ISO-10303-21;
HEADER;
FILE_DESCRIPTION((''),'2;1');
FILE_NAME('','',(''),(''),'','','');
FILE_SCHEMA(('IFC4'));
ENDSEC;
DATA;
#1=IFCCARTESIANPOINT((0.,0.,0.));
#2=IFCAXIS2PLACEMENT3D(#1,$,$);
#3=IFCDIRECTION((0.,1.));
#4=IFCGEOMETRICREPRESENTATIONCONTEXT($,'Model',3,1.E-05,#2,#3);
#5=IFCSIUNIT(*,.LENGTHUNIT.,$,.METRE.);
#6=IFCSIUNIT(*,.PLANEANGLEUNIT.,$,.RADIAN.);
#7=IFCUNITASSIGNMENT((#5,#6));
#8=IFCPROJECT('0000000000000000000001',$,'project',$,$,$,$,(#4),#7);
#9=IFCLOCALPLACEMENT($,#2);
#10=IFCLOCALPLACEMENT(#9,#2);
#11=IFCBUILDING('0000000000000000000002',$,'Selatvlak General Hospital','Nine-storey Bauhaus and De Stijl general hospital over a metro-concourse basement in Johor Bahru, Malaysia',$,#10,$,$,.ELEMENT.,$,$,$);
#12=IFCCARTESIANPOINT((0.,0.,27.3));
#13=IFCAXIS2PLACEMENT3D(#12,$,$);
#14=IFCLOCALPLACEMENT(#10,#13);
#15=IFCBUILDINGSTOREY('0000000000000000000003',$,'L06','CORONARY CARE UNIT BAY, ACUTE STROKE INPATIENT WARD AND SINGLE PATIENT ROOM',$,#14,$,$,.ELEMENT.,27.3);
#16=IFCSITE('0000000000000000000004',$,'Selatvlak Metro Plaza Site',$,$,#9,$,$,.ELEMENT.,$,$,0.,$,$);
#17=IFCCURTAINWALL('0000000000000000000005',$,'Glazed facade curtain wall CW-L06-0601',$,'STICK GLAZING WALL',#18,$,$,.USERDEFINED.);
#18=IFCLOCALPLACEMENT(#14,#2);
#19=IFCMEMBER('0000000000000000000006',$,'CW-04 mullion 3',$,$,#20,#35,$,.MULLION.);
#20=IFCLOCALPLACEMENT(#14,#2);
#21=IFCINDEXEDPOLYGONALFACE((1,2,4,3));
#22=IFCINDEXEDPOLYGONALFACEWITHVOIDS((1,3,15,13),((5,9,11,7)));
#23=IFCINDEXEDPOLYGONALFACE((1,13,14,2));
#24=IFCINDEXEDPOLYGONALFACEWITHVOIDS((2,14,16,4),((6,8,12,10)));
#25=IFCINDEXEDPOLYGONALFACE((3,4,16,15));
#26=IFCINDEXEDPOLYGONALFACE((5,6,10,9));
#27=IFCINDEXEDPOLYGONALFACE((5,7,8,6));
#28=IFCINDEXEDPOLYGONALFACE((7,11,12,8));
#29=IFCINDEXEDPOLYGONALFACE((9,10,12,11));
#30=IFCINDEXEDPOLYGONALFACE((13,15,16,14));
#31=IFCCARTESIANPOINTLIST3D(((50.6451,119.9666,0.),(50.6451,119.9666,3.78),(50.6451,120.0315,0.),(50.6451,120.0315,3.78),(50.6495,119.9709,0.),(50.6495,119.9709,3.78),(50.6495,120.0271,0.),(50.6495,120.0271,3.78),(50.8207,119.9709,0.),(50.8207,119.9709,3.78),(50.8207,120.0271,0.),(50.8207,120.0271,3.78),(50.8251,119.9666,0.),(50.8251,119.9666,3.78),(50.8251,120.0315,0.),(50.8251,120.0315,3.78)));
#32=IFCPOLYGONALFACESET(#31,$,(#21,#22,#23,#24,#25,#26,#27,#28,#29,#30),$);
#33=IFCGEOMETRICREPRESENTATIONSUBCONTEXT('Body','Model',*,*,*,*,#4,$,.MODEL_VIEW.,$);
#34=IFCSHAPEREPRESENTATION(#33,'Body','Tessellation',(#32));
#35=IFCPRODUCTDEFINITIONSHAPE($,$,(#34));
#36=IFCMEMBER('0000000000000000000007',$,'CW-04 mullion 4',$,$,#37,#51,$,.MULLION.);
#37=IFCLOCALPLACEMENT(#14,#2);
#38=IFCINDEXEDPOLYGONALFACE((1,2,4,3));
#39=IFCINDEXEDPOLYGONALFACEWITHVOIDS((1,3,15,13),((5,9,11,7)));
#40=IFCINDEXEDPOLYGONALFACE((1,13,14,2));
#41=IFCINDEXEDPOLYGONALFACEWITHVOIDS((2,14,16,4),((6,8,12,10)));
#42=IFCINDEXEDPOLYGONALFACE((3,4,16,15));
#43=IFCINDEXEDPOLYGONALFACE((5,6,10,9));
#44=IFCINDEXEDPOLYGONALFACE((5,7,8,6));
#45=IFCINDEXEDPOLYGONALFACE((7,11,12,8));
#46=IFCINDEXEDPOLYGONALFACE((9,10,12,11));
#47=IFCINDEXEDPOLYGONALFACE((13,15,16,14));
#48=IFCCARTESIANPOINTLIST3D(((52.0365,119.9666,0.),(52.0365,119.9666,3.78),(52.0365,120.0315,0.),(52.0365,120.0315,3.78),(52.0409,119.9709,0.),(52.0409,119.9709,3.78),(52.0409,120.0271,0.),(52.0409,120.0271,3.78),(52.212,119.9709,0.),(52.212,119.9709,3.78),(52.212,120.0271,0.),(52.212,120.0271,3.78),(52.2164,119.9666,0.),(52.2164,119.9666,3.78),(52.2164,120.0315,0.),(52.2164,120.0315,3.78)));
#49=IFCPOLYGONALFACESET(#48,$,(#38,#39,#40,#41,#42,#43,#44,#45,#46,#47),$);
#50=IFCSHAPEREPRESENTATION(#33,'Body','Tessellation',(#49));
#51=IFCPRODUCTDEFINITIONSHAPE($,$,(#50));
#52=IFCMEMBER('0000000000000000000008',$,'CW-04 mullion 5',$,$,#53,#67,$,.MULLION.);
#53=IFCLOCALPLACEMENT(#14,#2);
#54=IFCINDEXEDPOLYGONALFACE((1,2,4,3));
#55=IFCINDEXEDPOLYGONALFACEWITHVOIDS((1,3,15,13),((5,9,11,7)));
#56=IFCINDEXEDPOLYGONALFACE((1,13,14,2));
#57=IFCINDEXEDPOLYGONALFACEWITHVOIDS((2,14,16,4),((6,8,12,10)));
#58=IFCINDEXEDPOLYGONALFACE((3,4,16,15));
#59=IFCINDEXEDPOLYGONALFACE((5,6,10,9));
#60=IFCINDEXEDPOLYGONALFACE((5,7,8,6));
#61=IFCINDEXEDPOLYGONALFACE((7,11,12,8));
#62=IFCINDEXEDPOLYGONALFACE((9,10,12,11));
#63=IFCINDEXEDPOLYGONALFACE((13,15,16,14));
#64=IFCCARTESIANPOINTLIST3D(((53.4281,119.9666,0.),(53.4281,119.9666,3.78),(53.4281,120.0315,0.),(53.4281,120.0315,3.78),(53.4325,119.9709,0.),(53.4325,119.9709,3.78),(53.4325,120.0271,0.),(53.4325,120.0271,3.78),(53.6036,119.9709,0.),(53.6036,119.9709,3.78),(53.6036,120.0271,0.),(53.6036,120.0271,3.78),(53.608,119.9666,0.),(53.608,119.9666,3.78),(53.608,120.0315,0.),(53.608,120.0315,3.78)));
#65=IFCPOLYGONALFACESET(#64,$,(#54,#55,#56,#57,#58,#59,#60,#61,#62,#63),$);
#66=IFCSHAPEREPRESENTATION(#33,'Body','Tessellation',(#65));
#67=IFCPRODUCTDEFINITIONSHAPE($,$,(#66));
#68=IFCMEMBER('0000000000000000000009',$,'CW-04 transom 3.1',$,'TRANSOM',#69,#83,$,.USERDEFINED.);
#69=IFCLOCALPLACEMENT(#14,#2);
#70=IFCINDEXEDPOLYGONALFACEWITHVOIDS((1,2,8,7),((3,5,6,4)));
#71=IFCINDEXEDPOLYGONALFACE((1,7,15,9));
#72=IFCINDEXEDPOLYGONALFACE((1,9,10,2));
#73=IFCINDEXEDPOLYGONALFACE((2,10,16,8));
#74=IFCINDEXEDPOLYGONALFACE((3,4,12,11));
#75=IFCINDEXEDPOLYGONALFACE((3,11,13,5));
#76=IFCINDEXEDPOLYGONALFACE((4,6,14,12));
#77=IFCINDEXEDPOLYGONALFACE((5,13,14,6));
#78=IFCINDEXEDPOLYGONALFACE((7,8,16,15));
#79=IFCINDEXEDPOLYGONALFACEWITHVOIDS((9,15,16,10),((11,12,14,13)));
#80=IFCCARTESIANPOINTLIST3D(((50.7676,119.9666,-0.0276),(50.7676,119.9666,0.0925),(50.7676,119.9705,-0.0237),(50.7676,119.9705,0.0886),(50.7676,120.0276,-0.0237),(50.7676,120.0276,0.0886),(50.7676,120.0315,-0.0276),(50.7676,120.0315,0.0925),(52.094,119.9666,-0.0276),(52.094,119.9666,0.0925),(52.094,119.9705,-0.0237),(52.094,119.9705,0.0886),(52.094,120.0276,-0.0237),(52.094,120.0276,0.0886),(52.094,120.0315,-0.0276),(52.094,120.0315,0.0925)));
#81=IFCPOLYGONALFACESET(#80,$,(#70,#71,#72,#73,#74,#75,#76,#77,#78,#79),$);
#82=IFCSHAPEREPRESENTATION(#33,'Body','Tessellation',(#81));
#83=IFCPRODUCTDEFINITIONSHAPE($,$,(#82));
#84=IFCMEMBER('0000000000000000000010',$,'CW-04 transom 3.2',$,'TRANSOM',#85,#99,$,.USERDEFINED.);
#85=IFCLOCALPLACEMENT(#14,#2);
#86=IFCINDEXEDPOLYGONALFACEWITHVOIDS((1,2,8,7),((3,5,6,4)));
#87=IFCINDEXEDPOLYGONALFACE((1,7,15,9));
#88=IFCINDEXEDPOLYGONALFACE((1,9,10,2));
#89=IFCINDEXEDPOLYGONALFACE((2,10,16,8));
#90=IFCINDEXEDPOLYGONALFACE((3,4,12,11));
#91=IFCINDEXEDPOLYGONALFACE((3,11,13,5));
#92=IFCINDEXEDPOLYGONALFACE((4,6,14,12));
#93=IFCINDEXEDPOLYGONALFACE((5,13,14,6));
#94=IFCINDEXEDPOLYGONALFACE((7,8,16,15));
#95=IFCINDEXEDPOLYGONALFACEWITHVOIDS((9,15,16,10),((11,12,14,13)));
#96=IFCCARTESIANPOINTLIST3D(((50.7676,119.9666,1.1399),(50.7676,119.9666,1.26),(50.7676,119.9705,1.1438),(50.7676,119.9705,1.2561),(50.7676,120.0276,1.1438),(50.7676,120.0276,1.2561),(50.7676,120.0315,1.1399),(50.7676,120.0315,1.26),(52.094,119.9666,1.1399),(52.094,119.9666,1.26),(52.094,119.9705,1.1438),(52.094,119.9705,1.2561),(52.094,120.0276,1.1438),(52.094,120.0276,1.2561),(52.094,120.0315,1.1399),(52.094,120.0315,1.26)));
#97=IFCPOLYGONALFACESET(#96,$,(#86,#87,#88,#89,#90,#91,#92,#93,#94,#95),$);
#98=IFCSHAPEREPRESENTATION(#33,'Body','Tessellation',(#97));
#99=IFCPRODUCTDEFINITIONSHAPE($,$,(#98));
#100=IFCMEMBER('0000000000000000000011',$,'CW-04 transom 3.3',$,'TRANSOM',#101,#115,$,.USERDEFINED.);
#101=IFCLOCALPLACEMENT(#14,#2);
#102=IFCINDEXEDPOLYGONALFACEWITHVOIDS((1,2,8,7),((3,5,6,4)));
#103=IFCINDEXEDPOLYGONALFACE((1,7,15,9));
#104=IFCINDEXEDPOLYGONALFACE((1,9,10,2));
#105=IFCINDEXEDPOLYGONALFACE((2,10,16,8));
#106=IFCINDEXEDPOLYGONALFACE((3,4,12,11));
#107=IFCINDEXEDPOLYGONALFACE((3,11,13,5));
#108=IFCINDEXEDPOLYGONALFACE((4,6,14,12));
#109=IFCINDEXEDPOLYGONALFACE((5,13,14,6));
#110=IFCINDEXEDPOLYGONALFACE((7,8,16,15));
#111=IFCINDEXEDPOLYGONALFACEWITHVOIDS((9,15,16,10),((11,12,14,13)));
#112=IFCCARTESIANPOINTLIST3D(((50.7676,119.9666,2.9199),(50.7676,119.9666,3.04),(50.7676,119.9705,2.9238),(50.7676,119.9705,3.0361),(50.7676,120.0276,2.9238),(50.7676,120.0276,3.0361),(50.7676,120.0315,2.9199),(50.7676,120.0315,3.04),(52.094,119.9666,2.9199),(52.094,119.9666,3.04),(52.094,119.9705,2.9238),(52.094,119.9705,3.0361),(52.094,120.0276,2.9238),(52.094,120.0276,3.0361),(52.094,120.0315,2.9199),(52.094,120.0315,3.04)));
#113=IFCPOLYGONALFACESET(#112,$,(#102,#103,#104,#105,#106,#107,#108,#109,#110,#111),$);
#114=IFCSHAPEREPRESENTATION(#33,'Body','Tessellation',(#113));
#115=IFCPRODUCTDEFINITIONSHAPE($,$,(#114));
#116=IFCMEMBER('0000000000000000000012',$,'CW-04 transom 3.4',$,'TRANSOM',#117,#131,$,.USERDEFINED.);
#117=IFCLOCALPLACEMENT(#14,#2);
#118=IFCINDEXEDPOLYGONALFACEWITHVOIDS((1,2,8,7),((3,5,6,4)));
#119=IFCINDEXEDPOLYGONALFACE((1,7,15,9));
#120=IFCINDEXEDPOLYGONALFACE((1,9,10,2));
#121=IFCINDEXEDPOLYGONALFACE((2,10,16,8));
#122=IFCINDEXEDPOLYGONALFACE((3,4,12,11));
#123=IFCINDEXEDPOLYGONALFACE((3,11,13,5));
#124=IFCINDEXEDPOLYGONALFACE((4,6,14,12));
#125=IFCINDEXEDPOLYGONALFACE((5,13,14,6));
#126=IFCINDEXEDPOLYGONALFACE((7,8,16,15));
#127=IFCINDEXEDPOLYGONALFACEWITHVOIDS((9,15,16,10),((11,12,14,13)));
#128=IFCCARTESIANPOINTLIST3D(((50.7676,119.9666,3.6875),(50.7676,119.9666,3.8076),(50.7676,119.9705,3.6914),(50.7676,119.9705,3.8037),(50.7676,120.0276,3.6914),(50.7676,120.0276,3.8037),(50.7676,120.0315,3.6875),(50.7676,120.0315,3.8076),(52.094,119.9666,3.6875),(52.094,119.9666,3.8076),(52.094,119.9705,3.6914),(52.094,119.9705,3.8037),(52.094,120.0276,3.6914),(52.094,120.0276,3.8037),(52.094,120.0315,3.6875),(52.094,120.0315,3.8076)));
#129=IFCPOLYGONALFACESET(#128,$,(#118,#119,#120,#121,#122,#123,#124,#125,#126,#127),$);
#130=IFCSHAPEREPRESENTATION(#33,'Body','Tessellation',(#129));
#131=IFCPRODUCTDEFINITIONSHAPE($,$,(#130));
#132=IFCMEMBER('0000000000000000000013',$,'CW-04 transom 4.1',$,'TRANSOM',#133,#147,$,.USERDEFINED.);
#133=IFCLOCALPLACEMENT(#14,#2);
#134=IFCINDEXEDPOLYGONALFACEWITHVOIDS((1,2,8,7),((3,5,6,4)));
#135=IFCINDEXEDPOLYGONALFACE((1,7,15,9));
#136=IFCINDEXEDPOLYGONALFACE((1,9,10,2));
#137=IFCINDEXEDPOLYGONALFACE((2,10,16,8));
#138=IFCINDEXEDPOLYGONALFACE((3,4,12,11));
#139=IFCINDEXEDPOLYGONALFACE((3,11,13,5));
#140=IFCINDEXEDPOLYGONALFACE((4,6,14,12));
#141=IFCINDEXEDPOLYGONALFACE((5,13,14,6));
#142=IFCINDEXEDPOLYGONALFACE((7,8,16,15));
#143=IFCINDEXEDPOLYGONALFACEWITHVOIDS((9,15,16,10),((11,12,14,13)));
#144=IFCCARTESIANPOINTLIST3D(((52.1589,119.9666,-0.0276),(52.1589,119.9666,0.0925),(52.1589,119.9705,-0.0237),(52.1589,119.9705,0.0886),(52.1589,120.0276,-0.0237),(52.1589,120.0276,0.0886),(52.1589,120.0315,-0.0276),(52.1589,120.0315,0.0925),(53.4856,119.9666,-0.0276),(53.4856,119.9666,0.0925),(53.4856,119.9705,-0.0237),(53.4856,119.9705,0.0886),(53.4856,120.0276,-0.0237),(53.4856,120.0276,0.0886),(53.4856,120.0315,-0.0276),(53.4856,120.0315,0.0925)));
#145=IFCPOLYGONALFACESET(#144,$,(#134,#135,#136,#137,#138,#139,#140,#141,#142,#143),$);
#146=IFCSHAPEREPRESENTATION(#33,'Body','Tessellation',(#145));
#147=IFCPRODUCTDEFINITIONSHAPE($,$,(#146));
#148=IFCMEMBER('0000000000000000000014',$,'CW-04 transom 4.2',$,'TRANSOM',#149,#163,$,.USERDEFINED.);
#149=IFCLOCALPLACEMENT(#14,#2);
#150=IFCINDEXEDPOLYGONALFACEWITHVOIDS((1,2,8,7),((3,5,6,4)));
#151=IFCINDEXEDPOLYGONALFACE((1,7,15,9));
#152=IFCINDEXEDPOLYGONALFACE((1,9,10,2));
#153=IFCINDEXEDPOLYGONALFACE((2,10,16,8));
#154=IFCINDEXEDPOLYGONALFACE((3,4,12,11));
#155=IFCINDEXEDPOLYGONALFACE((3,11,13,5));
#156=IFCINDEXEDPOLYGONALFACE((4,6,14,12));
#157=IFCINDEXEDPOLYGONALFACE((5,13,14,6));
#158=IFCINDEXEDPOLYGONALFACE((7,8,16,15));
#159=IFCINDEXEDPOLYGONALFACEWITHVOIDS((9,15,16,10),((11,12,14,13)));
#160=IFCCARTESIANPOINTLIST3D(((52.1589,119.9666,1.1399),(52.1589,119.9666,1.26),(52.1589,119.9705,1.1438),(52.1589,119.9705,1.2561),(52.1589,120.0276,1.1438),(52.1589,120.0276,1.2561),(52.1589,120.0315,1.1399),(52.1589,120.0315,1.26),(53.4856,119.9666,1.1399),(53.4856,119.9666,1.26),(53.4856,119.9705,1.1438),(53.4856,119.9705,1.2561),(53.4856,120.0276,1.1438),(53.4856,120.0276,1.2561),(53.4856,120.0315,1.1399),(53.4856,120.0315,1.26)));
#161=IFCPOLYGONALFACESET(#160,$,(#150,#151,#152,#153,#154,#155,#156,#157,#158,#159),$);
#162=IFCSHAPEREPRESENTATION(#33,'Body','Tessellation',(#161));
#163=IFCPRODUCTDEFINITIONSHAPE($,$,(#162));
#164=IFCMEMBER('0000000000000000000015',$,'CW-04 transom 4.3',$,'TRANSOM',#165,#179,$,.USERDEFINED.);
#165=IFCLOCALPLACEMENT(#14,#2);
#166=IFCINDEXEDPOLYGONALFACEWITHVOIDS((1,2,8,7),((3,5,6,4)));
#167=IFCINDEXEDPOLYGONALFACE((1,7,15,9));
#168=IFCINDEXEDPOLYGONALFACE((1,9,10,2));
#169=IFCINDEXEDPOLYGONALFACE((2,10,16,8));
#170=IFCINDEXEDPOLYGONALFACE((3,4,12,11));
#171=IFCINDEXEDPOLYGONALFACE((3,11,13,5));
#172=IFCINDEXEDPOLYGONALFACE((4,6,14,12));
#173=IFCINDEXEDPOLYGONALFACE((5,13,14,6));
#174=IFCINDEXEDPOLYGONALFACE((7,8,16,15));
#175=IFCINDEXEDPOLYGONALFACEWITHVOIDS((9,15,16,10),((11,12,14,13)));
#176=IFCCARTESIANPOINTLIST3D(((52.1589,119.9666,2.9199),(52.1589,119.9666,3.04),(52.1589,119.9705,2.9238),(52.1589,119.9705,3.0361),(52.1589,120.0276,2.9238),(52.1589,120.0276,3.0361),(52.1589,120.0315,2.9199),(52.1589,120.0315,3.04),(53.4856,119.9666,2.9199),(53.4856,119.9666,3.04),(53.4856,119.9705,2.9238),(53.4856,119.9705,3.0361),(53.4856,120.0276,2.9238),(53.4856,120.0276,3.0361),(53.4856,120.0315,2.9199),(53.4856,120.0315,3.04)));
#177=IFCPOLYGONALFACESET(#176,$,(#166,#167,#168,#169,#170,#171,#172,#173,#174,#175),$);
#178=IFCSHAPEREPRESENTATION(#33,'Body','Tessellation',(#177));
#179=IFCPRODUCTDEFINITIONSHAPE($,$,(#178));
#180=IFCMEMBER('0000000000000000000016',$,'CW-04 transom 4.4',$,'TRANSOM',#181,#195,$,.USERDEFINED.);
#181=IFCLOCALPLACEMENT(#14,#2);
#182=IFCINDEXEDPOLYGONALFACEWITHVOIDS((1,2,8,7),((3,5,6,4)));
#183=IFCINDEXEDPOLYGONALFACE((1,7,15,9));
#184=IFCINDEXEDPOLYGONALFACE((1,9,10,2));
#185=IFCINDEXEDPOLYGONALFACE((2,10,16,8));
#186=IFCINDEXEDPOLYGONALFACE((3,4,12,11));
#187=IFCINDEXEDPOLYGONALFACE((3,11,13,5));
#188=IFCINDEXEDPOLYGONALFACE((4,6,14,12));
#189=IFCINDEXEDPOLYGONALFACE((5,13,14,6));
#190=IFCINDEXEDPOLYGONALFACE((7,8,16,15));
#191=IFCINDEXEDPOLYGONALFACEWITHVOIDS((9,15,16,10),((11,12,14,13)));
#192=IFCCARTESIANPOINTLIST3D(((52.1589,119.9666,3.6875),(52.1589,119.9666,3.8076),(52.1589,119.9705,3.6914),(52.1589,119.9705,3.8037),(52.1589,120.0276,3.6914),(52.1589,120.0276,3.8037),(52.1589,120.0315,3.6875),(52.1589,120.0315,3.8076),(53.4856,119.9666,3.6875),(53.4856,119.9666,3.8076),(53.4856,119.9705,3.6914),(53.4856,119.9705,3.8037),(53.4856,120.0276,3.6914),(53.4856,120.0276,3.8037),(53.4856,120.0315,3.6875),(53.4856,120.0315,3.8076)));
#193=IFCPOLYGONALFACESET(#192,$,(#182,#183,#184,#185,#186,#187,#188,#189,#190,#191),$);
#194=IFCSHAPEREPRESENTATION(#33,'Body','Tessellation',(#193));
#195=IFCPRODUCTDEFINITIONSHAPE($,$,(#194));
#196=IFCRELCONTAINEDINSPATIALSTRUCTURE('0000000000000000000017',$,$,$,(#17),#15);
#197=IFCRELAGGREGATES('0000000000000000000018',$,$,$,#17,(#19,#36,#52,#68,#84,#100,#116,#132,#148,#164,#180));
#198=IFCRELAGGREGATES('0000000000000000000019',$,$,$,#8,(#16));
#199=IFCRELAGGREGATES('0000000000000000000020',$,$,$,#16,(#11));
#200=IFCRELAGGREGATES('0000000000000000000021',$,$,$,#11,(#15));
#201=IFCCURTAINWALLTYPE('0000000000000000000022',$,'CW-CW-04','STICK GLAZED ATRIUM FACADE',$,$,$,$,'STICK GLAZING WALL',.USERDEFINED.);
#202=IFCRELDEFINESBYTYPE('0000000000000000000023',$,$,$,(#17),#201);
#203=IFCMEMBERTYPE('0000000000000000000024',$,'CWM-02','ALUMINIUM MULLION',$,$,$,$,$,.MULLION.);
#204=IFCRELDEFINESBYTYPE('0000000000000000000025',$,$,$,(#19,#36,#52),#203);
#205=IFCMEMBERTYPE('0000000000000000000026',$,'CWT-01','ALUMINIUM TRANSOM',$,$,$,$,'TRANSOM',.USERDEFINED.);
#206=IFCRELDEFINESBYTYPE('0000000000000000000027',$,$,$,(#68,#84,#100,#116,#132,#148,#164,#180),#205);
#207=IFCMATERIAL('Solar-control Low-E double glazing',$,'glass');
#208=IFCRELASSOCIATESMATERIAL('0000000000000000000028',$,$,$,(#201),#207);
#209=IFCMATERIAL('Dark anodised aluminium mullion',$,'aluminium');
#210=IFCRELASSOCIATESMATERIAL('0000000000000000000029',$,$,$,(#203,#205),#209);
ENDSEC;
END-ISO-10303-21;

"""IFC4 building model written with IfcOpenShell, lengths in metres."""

from ifc_helpers import new_model, si_unit, direction, frame, origin, origin_2d, place, context, subcontext, project, spatial, hollow_rectangle, extrude, material, material_profile, profile_set, type_object, element, aggregate, save


model = new_model("IFC4")

# Units and contexts
model_context = context("Model", 3, precision=1e-05, world=origin(), true_north=direction((0.0, 1.0)))
body_context = subcontext(model_context, "Body", "Model", "MODEL_VIEW")
ifc_project = project(units=[si_unit("LENGTHUNIT", "METRE"), si_unit("PLANEANGLEUNIT", "RADIAN")], contexts=[model_context])

# Site, building, storey
site_placement = place(None, origin())
site = spatial("IfcSite", under=ifc_project, at=site_placement, Name="Selatvlak Metro Plaza Site", CompositionType="ELEMENT", RefElevation=0.0)
building_placement = place(site_placement, origin())
building = spatial("IfcBuilding", under=site, at=building_placement, Name="Selatvlak General Hospital", Description="Nine-storey Bauhaus and De Stijl general hospital over a metro-concourse basement in Johor Bahru, Malaysia", CompositionType="ELEMENT")
storey_placement = place(building_placement, frame((0.0, 0.0, 27.3)))
storey = spatial("IfcBuildingStorey", under=building, at=storey_placement, Name="L06", Description="CORONARY CARE UNIT BAY, ACUTE STROKE INPATIENT WARD AND SINGLE PATIENT ROOM", CompositionType="ELEMENT", Elevation=27.3)

# Curtain wall, members
ifc_material_1 = material(Name="Solar-control Low-E double glazing", Category="glass")
curtain_wall_type = type_object("IfcCurtainWallType", Name="CW-CW-04", Description="STICK GLAZED ATRIUM FACADE", ElementType="STICK GLAZING WALL", PredefinedType="USERDEFINED", material=ifc_material_1)
curtain_wall_placement = place(storey_placement, origin())
curtain_wall = element("IfcCurtainWall", 1, at=curtain_wall_placement, inside=storey, type_object=curtain_wall_type, Name="Glazed facade curtain wall CW-L06-0601", ObjectType="STICK GLAZING WALL", PredefinedType="USERDEFINED")
ifc_material_2 = material(Name="Dark anodised aluminium mullion", Category="aluminium")
ifc_material_profile_1 = material_profile(ifc_material_2, hollow_rectangle(XDim=0.0649, YDim=0.1799, WallThickness=0.0044, at=origin_2d()), Name="AL-MUL 65x180x4.5")
ifc_profile_set_1 = profile_set([ifc_material_profile_1], Name="Dark anodised aluminium mullion")
member_type_1 = type_object("IfcMemberType", Name="CWM-02", Description="ALUMINIUM MULLION", PredefinedType="MULLION", material=ifc_profile_set_1)
member_1_placement = place(storey_placement, frame((50.7351, 119.999, 0.0), z_axis=(0.0, 0.0, 1.0), x_axis=(0.0, 1.0, 0.0)))
member_1 = element("IfcMember", 2, at=member_1_placement, type_object=member_type_1, Name="CW-04 mullion 3", PredefinedType="MULLION", context=body_context, shape_type="SweptSolid", body=[
    extrude(hollow_rectangle(XDim=0.0649, YDim=0.1799, WallThickness=0.0044, at=origin_2d()), origin(), (0.0, 0.0, 1.0), 3.78),
])
member_2_placement = place(storey_placement, frame((52.1265, 119.999, 0.0), z_axis=(0.0, 0.0, 1.0), x_axis=(0.0, 1.0, 0.0)))
member_2 = element("IfcMember", 3, at=member_2_placement, type_object=member_type_1, Name="CW-04 mullion 4", PredefinedType="MULLION", context=body_context, shape_type="SweptSolid", body=[
    extrude(hollow_rectangle(XDim=0.0649, YDim=0.1799, WallThickness=0.0044, at=origin_2d()), origin(), (0.0, 0.0, 1.0), 3.78),
])
member_3_placement = place(storey_placement, frame((53.5181, 119.999, 0.0), z_axis=(0.0, 0.0, 1.0), x_axis=(0.0, 1.0, 0.0)))
member_3 = element("IfcMember", 4, at=member_3_placement, type_object=member_type_1, Name="CW-04 mullion 5", PredefinedType="MULLION", context=body_context, shape_type="SweptSolid", body=[
    extrude(hollow_rectangle(XDim=0.0649, YDim=0.1799, WallThickness=0.0044, at=origin_2d()), origin(), (0.0, 0.0, 1.0), 3.78),
])
ifc_material_profile_2 = material_profile(ifc_material_2, hollow_rectangle(XDim=0.0649, YDim=0.1201, WallThickness=0.0039, at=origin_2d()), Name="AL-TRN 65x120x4")
ifc_profile_set_2 = profile_set([ifc_material_profile_2], Name="Dark anodised aluminium mullion")
member_type_2 = type_object("IfcMemberType", Name="CWT-01", Description="ALUMINIUM TRANSOM", ElementType="TRANSOM", PredefinedType="USERDEFINED", material=ifc_profile_set_2)
member_4_placement = place(storey_placement, frame((50.7676, 119.999, 0.0325), z_axis=(1.0, 0.0, 0.0), x_axis=(0.0, 1.0, 0.0)))
member_4 = element("IfcMember", 5, at=member_4_placement, type_object=member_type_2, Name="CW-04 transom 3.1", ObjectType="TRANSOM", PredefinedType="USERDEFINED", context=body_context, shape_type="SweptSolid", body=[
    extrude(hollow_rectangle(XDim=0.0649, YDim=0.1201, WallThickness=0.0039, at=origin_2d()), origin(), (0.0, 0.0, 1.0), 1.3264),
])
member_5_placement = place(storey_placement, frame((50.7676, 119.999, 1.2), z_axis=(1.0, 0.0, 0.0), x_axis=(0.0, 1.0, 0.0)))
member_5 = element("IfcMember", 6, at=member_5_placement, type_object=member_type_2, Name="CW-04 transom 3.2", ObjectType="TRANSOM", PredefinedType="USERDEFINED", context=body_context, shape_type="SweptSolid", body=[
    extrude(hollow_rectangle(XDim=0.0649, YDim=0.1201, WallThickness=0.0039, at=origin_2d()), origin(), (0.0, 0.0, 1.0), 1.3264),
])
member_6_placement = place(storey_placement, frame((50.7676, 119.999, 2.98), z_axis=(1.0, 0.0, 0.0), x_axis=(0.0, 1.0, 0.0)))
member_6 = element("IfcMember", 7, at=member_6_placement, type_object=member_type_2, Name="CW-04 transom 3.3", ObjectType="TRANSOM", PredefinedType="USERDEFINED", context=body_context, shape_type="SweptSolid", body=[
    extrude(hollow_rectangle(XDim=0.0649, YDim=0.1201, WallThickness=0.0039, at=origin_2d()), origin(), (0.0, 0.0, 1.0), 1.3264),
])
member_7_placement = place(storey_placement, frame((50.7676, 119.999, 3.7476), z_axis=(1.0, 0.0, 0.0), x_axis=(0.0, 1.0, 0.0)))
member_7 = element("IfcMember", 8, at=member_7_placement, type_object=member_type_2, Name="CW-04 transom 3.4", ObjectType="TRANSOM", PredefinedType="USERDEFINED", context=body_context, shape_type="SweptSolid", body=[
    extrude(hollow_rectangle(XDim=0.0649, YDim=0.1201, WallThickness=0.0039, at=origin_2d()), origin(), (0.0, 0.0, 1.0), 1.3264),
])
member_8_placement = place(storey_placement, frame((52.1589, 119.999, 0.0325), z_axis=(1.0, 0.0, 0.0), x_axis=(0.0, 1.0, 0.0)))
member_8 = element("IfcMember", 9, at=member_8_placement, type_object=member_type_2, Name="CW-04 transom 4.1", ObjectType="TRANSOM", PredefinedType="USERDEFINED", context=body_context, shape_type="SweptSolid", body=[
    extrude(hollow_rectangle(XDim=0.0649, YDim=0.1201, WallThickness=0.0039, at=origin_2d()), origin(), (0.0, 0.0, 1.0), 1.3267),
])
member_9_placement = place(storey_placement, frame((52.1589, 119.999, 1.2), z_axis=(1.0, 0.0, 0.0), x_axis=(0.0, 1.0, 0.0)))
member_9 = element("IfcMember", 10, at=member_9_placement, type_object=member_type_2, Name="CW-04 transom 4.2", ObjectType="TRANSOM", PredefinedType="USERDEFINED", context=body_context, shape_type="SweptSolid", body=[
    extrude(hollow_rectangle(XDim=0.0649, YDim=0.1201, WallThickness=0.0039, at=origin_2d()), origin(), (0.0, 0.0, 1.0), 1.3267),
])
member_10_placement = place(storey_placement, frame((52.1589, 119.999, 2.98), z_axis=(1.0, 0.0, 0.0), x_axis=(0.0, 1.0, 0.0)))
member_10 = element("IfcMember", 11, at=member_10_placement, type_object=member_type_2, Name="CW-04 transom 4.3", ObjectType="TRANSOM", PredefinedType="USERDEFINED", context=body_context, shape_type="SweptSolid", body=[
    extrude(hollow_rectangle(XDim=0.0649, YDim=0.1201, WallThickness=0.0039, at=origin_2d()), origin(), (0.0, 0.0, 1.0), 1.3267),
])
member_11_placement = place(storey_placement, frame((52.1589, 119.999, 3.7476), z_axis=(1.0, 0.0, 0.0), x_axis=(0.0, 1.0, 0.0)))
member_11 = element("IfcMember", 12, at=member_11_placement, type_object=member_type_2, Name="CW-04 transom 4.4", ObjectType="TRANSOM", PredefinedType="USERDEFINED", context=body_context, shape_type="SweptSolid", body=[
    extrude(hollow_rectangle(XDim=0.0649, YDim=0.1201, WallThickness=0.0039, at=origin_2d()), origin(), (0.0, 0.0, 1.0), 1.3267),
])
aggregate(curtain_wall, [member_1, member_2, member_3, member_4, member_5, member_6, member_7, member_8, member_9, member_10, member_11])

save(model, "model.ifc")
